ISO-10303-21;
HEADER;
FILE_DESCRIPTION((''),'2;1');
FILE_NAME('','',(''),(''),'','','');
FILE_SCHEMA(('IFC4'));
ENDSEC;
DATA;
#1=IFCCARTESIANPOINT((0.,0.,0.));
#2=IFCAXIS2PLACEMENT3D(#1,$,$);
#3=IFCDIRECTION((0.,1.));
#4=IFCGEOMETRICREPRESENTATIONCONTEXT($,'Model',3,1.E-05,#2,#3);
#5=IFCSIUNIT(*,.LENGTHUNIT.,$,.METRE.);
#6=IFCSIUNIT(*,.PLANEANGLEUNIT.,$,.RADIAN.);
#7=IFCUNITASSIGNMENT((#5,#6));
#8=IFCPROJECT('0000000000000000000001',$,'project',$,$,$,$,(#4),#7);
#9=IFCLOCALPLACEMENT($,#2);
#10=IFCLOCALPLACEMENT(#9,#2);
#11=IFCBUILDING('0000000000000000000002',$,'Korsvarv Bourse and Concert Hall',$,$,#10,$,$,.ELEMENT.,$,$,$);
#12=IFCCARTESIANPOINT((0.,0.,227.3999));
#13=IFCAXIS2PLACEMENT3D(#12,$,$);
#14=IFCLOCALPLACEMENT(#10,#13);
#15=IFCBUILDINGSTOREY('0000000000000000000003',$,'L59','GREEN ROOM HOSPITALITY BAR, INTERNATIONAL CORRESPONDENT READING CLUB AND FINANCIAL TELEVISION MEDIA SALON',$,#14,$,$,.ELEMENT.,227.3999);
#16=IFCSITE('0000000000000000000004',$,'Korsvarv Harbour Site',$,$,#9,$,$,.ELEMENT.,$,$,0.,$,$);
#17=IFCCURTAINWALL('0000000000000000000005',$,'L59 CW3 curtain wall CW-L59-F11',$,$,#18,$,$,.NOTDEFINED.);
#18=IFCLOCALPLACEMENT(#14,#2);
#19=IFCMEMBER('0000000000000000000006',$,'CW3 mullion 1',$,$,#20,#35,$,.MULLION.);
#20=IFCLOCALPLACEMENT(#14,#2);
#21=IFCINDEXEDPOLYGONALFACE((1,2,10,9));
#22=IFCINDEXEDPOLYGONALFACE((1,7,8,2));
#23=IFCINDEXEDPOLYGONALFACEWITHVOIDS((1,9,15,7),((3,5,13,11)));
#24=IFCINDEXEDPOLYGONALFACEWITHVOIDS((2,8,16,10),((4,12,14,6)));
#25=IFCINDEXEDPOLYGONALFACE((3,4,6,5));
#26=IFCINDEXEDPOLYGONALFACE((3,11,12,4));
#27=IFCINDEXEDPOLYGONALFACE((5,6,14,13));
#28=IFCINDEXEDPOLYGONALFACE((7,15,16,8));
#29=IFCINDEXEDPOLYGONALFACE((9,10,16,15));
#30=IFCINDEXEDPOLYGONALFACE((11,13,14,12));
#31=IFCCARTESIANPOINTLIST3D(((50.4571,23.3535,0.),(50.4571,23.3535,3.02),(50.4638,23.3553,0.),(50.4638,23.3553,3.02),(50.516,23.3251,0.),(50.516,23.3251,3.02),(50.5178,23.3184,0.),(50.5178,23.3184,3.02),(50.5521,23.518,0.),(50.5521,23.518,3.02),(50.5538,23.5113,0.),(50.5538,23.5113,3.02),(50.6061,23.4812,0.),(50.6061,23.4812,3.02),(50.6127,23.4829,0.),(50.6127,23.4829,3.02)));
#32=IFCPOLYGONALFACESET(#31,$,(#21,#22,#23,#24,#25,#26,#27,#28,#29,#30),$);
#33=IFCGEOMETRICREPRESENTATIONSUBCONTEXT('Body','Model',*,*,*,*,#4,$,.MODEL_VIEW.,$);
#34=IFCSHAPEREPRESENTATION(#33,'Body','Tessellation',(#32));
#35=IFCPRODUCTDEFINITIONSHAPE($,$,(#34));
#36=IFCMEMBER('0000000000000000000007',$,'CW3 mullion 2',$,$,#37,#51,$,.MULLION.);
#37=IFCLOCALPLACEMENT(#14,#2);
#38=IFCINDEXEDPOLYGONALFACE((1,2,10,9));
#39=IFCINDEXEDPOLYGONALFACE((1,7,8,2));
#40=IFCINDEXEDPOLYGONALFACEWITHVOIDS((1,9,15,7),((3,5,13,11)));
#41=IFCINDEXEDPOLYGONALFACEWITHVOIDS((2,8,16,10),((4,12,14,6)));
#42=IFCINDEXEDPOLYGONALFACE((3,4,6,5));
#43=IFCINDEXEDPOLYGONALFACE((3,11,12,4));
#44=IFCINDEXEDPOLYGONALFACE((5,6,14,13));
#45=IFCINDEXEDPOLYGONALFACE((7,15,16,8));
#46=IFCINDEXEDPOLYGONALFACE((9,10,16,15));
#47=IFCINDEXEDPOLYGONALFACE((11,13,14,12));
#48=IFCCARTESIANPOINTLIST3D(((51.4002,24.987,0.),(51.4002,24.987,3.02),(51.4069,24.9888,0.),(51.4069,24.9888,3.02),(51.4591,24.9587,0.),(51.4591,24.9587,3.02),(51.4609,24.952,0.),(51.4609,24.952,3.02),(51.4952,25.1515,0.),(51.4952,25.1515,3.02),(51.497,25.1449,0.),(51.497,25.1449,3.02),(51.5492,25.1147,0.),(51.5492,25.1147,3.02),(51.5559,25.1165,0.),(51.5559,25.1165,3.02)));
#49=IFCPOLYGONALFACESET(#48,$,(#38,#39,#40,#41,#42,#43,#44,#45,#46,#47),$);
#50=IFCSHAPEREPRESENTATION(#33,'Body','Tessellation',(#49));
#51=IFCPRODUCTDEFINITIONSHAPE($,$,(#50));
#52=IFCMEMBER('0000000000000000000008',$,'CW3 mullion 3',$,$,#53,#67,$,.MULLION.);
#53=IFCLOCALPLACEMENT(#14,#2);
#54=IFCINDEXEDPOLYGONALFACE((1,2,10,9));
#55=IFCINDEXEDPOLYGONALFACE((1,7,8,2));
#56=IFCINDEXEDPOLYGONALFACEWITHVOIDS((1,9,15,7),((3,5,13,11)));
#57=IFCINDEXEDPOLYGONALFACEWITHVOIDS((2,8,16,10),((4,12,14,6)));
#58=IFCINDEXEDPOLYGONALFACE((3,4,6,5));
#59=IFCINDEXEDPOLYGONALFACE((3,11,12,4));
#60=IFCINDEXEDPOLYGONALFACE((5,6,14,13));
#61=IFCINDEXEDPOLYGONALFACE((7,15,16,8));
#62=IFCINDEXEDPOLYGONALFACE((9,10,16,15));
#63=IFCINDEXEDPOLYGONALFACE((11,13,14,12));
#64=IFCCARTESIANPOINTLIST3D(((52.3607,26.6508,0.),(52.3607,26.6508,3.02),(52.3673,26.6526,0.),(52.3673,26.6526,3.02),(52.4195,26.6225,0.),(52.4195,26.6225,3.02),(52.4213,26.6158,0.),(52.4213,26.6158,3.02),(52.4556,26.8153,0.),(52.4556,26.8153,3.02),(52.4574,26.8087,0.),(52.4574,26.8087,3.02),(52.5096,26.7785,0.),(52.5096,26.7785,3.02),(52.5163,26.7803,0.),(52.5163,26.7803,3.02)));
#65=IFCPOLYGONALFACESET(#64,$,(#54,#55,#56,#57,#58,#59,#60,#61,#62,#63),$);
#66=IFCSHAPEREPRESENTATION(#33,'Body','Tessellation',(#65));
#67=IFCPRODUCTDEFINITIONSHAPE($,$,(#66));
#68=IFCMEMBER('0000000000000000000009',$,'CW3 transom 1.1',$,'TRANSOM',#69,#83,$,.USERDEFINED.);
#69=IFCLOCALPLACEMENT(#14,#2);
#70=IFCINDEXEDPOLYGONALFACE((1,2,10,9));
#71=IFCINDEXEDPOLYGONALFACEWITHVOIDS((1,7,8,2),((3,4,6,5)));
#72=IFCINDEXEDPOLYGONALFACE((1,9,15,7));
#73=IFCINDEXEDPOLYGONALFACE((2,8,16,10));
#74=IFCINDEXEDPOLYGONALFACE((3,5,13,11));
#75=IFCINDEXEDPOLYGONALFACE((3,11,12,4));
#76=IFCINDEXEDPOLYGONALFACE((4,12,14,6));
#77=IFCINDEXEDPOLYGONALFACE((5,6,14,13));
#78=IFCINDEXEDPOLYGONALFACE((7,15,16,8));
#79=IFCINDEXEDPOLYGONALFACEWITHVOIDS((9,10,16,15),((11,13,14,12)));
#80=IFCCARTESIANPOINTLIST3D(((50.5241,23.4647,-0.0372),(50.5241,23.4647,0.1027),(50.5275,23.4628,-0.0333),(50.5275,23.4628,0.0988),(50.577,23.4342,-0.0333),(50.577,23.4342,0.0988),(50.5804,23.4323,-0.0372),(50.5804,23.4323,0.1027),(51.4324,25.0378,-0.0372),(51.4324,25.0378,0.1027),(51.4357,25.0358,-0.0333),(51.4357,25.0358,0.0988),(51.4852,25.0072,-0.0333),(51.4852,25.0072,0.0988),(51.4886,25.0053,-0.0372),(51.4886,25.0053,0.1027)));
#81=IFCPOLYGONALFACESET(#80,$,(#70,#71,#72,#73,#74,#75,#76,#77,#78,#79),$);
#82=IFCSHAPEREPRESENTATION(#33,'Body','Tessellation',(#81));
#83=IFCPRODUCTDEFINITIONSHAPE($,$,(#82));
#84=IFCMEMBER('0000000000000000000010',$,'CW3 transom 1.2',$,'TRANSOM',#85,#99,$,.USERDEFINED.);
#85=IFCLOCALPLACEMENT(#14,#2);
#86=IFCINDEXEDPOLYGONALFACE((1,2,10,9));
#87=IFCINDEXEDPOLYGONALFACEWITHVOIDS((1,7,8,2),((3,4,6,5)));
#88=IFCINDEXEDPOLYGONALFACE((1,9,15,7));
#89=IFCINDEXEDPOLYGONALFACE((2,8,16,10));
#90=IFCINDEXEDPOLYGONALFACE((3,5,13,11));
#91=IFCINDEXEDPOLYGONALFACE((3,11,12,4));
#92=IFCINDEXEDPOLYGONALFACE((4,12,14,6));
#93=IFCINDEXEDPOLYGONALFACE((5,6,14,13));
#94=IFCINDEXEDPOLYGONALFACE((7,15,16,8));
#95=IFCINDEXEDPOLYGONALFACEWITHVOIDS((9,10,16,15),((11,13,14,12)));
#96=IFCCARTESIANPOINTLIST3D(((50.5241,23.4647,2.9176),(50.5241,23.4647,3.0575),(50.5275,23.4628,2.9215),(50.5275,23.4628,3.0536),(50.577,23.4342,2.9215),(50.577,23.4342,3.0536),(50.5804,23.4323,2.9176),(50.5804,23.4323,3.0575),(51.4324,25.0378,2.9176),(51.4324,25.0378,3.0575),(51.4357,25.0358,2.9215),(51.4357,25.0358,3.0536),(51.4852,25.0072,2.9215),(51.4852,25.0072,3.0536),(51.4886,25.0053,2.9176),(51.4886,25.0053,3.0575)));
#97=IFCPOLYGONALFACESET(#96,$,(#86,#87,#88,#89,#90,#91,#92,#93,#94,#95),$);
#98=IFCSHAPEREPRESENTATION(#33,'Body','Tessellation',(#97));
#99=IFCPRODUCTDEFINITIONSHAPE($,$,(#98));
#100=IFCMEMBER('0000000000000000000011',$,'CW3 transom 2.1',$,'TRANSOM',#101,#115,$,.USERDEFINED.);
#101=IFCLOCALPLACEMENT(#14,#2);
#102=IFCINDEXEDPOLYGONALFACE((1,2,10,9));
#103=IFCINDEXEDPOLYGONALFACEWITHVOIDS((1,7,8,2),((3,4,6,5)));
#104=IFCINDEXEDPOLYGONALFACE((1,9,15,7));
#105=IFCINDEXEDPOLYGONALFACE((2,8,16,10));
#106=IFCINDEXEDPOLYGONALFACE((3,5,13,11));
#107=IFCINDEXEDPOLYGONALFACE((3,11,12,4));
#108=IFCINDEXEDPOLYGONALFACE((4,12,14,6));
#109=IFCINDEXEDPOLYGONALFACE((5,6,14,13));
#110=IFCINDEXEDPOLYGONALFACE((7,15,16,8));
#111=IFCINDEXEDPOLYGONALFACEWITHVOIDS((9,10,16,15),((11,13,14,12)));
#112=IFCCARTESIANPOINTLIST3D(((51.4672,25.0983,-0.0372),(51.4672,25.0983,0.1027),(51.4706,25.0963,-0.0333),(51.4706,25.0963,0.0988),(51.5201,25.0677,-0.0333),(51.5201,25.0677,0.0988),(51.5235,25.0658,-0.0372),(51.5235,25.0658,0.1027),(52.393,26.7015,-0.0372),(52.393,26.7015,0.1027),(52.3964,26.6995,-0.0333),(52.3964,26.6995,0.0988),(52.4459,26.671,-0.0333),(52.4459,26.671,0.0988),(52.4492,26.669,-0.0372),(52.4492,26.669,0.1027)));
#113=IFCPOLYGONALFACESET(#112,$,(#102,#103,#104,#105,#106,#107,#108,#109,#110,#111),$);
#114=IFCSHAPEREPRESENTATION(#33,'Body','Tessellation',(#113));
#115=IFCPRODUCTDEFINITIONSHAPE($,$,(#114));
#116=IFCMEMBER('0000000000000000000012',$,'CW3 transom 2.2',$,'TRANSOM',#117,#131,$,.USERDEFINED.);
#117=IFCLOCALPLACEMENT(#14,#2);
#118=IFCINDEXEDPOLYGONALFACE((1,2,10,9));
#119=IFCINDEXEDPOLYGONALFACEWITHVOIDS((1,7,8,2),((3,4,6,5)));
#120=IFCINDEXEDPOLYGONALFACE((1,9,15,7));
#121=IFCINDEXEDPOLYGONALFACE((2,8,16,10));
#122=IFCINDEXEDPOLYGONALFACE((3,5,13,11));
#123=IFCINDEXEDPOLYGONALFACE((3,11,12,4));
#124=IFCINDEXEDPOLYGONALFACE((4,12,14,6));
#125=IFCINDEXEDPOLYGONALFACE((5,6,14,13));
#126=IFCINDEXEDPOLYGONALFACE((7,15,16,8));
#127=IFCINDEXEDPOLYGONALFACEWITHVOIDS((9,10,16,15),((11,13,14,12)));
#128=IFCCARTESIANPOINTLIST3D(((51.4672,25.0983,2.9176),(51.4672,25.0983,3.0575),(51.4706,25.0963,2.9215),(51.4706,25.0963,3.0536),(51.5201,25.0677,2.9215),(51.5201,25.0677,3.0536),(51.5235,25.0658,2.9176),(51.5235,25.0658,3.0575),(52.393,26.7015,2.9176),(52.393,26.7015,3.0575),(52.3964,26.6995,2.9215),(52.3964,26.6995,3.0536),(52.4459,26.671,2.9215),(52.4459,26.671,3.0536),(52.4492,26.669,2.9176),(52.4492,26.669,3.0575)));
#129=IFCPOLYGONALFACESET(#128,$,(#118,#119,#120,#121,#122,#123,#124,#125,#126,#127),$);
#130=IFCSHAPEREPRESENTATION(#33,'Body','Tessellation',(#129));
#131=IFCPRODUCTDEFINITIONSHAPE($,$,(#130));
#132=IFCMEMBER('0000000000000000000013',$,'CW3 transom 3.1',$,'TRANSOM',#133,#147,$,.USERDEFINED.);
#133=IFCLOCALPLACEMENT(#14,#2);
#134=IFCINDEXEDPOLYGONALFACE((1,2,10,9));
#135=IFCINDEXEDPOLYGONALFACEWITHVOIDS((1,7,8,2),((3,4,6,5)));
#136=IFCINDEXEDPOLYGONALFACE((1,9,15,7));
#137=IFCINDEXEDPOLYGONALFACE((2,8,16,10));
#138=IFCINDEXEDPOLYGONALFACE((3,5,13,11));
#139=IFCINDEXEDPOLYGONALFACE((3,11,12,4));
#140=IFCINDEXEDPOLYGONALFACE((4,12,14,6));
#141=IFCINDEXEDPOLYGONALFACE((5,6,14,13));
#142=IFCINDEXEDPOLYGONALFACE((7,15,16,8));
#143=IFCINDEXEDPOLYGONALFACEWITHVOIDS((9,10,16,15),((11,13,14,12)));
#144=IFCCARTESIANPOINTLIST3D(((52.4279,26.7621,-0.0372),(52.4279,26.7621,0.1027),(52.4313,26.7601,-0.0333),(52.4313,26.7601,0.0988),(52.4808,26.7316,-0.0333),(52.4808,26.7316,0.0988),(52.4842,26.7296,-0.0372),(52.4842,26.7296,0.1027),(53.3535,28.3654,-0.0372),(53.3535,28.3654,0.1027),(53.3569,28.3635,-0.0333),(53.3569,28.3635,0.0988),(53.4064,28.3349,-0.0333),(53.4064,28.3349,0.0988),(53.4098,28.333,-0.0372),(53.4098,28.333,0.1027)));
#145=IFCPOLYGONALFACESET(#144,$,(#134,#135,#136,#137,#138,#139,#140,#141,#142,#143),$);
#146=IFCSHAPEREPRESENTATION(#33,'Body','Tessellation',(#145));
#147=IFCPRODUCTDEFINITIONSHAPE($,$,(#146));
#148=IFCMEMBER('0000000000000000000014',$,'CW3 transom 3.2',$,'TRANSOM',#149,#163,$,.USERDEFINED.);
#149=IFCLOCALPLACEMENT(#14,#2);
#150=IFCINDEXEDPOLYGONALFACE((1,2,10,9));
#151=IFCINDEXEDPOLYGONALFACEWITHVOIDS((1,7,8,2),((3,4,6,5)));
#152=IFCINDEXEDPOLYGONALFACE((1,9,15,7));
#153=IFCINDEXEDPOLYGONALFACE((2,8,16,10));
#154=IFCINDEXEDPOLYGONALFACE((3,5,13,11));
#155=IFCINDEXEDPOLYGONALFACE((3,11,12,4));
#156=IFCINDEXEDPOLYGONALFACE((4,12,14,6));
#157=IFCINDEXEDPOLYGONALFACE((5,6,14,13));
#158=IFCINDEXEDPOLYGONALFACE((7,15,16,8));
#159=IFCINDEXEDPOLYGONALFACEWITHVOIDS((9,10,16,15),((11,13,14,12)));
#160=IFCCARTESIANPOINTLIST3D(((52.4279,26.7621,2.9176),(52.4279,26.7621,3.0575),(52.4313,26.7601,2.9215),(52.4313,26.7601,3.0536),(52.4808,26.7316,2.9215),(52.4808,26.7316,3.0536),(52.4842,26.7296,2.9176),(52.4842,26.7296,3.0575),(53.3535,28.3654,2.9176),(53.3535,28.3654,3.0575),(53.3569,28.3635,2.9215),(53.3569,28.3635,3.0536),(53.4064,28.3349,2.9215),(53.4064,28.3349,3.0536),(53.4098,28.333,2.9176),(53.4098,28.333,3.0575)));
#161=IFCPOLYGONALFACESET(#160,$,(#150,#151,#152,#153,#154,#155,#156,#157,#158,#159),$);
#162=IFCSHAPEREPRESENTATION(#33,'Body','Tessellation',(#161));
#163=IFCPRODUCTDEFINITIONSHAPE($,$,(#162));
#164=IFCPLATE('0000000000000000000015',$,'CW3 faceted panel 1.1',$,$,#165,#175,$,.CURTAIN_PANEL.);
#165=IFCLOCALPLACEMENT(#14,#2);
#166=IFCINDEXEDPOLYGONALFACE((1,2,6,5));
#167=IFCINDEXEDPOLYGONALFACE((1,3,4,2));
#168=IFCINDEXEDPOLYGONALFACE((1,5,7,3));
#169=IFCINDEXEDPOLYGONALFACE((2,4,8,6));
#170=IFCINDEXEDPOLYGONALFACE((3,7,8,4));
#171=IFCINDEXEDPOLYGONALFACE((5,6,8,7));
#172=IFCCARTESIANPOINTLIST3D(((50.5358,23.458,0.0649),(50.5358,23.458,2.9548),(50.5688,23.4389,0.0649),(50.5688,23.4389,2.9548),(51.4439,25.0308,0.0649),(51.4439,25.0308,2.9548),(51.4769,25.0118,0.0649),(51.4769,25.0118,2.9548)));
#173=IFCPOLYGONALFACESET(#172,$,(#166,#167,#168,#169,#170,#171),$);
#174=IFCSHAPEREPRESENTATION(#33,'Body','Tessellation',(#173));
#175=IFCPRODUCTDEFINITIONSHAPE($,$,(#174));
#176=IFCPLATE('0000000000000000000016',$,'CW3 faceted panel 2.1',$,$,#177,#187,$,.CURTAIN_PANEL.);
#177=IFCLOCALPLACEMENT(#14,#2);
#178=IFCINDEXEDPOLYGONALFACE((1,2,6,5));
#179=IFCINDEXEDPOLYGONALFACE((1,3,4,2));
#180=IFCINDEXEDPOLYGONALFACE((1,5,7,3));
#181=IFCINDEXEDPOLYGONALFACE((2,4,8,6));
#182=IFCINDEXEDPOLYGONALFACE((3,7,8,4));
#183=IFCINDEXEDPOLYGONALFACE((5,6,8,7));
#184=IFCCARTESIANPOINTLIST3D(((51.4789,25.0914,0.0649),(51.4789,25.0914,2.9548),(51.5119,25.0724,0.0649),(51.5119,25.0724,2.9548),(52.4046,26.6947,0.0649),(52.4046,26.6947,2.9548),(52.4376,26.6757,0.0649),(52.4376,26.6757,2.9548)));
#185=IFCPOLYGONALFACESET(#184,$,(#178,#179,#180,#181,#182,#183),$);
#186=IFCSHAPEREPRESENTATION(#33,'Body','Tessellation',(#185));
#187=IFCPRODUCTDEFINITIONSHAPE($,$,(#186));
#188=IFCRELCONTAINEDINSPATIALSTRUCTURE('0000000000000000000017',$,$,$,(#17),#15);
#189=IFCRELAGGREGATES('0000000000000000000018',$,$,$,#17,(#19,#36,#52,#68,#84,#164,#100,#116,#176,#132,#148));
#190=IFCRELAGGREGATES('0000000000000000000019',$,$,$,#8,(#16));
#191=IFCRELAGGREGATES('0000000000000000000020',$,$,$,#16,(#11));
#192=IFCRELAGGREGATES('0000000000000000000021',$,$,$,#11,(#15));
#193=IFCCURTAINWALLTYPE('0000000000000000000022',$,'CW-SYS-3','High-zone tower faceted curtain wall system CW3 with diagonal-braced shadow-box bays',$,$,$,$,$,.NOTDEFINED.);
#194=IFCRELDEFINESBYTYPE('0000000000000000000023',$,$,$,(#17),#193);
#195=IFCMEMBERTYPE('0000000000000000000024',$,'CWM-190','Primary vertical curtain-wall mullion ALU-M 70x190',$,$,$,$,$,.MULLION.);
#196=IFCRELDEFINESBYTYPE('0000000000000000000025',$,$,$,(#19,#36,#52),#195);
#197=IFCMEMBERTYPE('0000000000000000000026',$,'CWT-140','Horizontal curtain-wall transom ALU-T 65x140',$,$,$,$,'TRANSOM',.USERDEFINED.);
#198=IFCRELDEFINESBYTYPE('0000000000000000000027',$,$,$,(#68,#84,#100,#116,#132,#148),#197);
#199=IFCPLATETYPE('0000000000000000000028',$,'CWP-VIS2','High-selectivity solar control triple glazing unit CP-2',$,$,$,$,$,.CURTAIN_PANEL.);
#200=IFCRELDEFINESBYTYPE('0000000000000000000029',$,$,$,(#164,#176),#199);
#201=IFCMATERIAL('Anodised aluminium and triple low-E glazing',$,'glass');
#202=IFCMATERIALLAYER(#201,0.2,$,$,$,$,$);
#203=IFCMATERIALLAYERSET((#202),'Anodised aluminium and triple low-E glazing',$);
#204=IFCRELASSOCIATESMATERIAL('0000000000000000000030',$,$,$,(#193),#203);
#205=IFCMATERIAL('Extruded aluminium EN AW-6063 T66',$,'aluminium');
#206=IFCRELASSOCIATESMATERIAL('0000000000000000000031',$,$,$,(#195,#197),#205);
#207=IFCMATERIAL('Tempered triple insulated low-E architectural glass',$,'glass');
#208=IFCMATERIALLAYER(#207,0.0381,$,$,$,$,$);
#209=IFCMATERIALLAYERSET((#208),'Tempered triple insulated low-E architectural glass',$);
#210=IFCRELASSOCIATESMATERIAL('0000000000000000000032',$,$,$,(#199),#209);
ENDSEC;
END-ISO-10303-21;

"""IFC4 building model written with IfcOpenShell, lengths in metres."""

from ifc_helpers import new_model, si_unit, direction, frame, origin, origin_2d, place, context, subcontext, project, spatial, rectangle, hollow_rectangle, extrude, source, transform, mapped, material, layer, layer_set, material_profile, profile_set, type_object, element, aggregate, save


model = new_model("IFC4")

# Units and contexts
model_context = context("Model", 3, precision=1e-05, world=origin(), true_north=direction((0.0, 1.0)))
body_context = subcontext(model_context, "Body", "Model", "MODEL_VIEW")
ifc_project = project(units=[si_unit("LENGTHUNIT", "METRE"), si_unit("PLANEANGLEUNIT", "RADIAN")], contexts=[model_context])

# Site, building, storey
site_placement = place(None, origin())
site = spatial("IfcSite", under=ifc_project, at=site_placement, Name="Korsvarv Harbour Site", CompositionType="ELEMENT", RefElevation=0.0)
building_placement = place(site_placement, origin())
building = spatial("IfcBuilding", under=site, at=building_placement, Name="Korsvarv Bourse and Concert Hall", CompositionType="ELEMENT")
storey_placement = place(building_placement, frame((0.0, 0.0, 227.3999)))
storey = spatial("IfcBuildingStorey", under=building, at=storey_placement, Name="L59", Description="GREEN ROOM HOSPITALITY BAR, INTERNATIONAL CORRESPONDENT READING CLUB AND FINANCIAL TELEVISION MEDIA SALON", CompositionType="ELEMENT", Elevation=227.3999)

# Curtain wall, members, plates
ifc_material_1 = material(Name="Anodised aluminium and triple low-E glazing", Category="glass")
ifc_layer_1 = layer(ifc_material_1, 0.2)
ifc_layer_set_1 = layer_set([ifc_layer_1], Name="Anodised aluminium and triple low-E glazing")
curtain_wall_type = type_object("IfcCurtainWallType", Name="CW-SYS-3", Description="High-zone tower faceted curtain wall system CW3 with diagonal-braced shadow-box bays", PredefinedType="NOTDEFINED", material=ifc_layer_set_1)
curtain_wall_placement = place(storey_placement, origin())
curtain_wall = element("IfcCurtainWall", 1, at=curtain_wall_placement, inside=storey, type_object=curtain_wall_type, Name="L59 CW3 curtain wall CW-L59-F11", PredefinedType="NOTDEFINED")
ifc_material_2 = material(Name="Extruded aluminium EN AW-6063 T66", Category="aluminium")
ifc_material_profile_1 = material_profile(ifc_material_2, hollow_rectangle(XDim=0.0701, YDim=0.1899, WallThickness=0.0049, at=origin_2d()), Name="ALU-M 70x190")
ifc_profile_set_1 = profile_set([ifc_material_profile_1], Name="Extruded aluminium EN AW-6063 T66")
member_type_1 = type_object("IfcMemberType", Name="CWM-190", Description="Primary vertical curtain-wall mullion ALU-M 70x190", PredefinedType="MULLION", material=ifc_profile_set_1)
shared_shape_1 = source(origin(), body_context, "Body", "SweptSolid", [
    extrude(hollow_rectangle(XDim=0.0701, YDim=0.1899, WallThickness=0.0049, at=origin_2d()), origin(), (0.0, 0.0, 1.0), 3.02),
])
member_1_placement = place(storey_placement, frame((50.5349, 23.4182, 0.0), z_axis=(0.0, 0.0, 1.0), x_axis=(-0.866028, 0.499996, 0.0)))
member_1 = element("IfcMember", 2, at=member_1_placement, type_object=member_type_1, Name="CW3 mullion 1", PredefinedType="MULLION", context=body_context, shape_type="MappedRepresentation", body=[
    mapped(shared_shape_1, transform((0.0, 0.0, 0.0), scale=1.0)),
])
member_2_placement = place(storey_placement, frame((51.478, 25.0518, 0.0), z_axis=(0.0, 0.0, 1.0), x_axis=(-0.866028, 0.499996, 0.0)))
member_2 = element("IfcMember", 3, at=member_2_placement, type_object=member_type_1, Name="CW3 mullion 2", PredefinedType="MULLION", context=body_context, shape_type="MappedRepresentation", body=[
    mapped(shared_shape_1, transform((0.0, 0.0, 0.0), scale=1.0)),
])
member_3_placement = place(storey_placement, frame((52.4385, 26.7156, 0.0), z_axis=(0.0, 0.0, 1.0), x_axis=(-0.866028, 0.499996, 0.0)))
member_3 = element("IfcMember", 4, at=member_3_placement, type_object=member_type_1, Name="CW3 mullion 3", PredefinedType="MULLION", context=body_context, shape_type="MappedRepresentation", body=[
    mapped(shared_shape_1, transform((0.0, 0.0, 0.0), scale=1.0)),
])
ifc_material_profile_2 = material_profile(ifc_material_2, hollow_rectangle(XDim=0.0649, YDim=0.1399, WallThickness=0.0039, at=origin_2d()), Name="ALU-T 65x140")
ifc_profile_set_2 = profile_set([ifc_material_profile_2], Name="Extruded aluminium EN AW-6063 T66")
member_type_2 = type_object("IfcMemberType", Name="CWT-140", Description="Horizontal curtain-wall transom ALU-T 65x140", ElementType="TRANSOM", PredefinedType="USERDEFINED", material=ifc_profile_set_2)
shared_shape_2 = source(origin(), body_context, "Body", "SweptSolid", [
    extrude(hollow_rectangle(XDim=0.0649, YDim=0.1399, WallThickness=0.0039, at=origin_2d()), origin(), (0.0, 0.0, 1.0), 1.8164),
])
member_4_placement = place(storey_placement, frame((50.5522, 23.4485, 0.0327), z_axis=(0.500013, 0.866018, 0.0), x_axis=(-0.866018, 0.500013, 0.0)))
member_4 = element("IfcMember", 5, at=member_4_placement, type_object=member_type_2, Name="CW3 transom 1.1", ObjectType="TRANSOM", PredefinedType="USERDEFINED", context=body_context, shape_type="MappedRepresentation", body=[
    mapped(shared_shape_2, transform((0.0, 0.0, 0.0), scale=1.0)),
])
member_5_placement = place(storey_placement, frame((50.5522, 23.4485, 2.9875), z_axis=(0.500013, 0.866018, 0.0), x_axis=(-0.866018, 0.500013, 0.0)))
member_5 = element("IfcMember", 6, at=member_5_placement, type_object=member_type_2, Name="CW3 transom 1.2", ObjectType="TRANSOM", PredefinedType="USERDEFINED", context=body_context, shape_type="MappedRepresentation", body=[
    mapped(shared_shape_2, transform((0.0, 0.0, 0.0), scale=1.0)),
])
shared_shape_3 = source(origin(), body_context, "Body", "SweptSolid", [
    extrude(hollow_rectangle(XDim=0.0649, YDim=0.1399, WallThickness=0.0039, at=origin_2d()), origin(), (0.0, 0.0, 1.0), 1.8513),
])
member_6_placement = place(storey_placement, frame((51.4954, 25.082, 0.0327), z_axis=(0.500053, 0.865995, 0.0), x_axis=(-0.865995, 0.500053, 0.0)))
member_6 = element("IfcMember", 7, at=member_6_placement, type_object=member_type_2, Name="CW3 transom 2.1", ObjectType="TRANSOM", PredefinedType="USERDEFINED", context=body_context, shape_type="MappedRepresentation", body=[
    mapped(shared_shape_3, transform((0.0, 0.0, 0.0), scale=1.0)),
])
member_7_placement = place(storey_placement, frame((51.4954, 25.082, 2.9875), z_axis=(0.500053, 0.865995, 0.0), x_axis=(-0.865995, 0.500053, 0.0)))
member_7 = element("IfcMember", 8, at=member_7_placement, type_object=member_type_2, Name="CW3 transom 2.2", ObjectType="TRANSOM", PredefinedType="USERDEFINED", context=body_context, shape_type="MappedRepresentation", body=[
    mapped(shared_shape_3, transform((0.0, 0.0, 0.0), scale=1.0)),
])
member_8_placement = place(storey_placement, frame((52.4561, 26.7458, 0.0327), z_axis=(0.499955, 0.866052, 0.0), x_axis=(-0.866052, 0.499955, 0.0)))
member_8 = element("IfcMember", 9, at=member_8_placement, type_object=member_type_2, Name="CW3 transom 3.1", ObjectType="TRANSOM", PredefinedType="USERDEFINED", context=body_context, shape_type="MappedRepresentation", body=[
    mapped(shared_shape_3, transform((0.0, 0.0, 0.0), scale=1.0)),
])
member_9_placement = place(storey_placement, frame((52.4561, 26.7458, 2.9875), z_axis=(0.499955, 0.866052, 0.0), x_axis=(-0.866052, 0.499955, 0.0)))
member_9 = element("IfcMember", 10, at=member_9_placement, type_object=member_type_2, Name="CW3 transom 3.2", ObjectType="TRANSOM", PredefinedType="USERDEFINED", context=body_context, shape_type="MappedRepresentation", body=[
    mapped(shared_shape_3, transform((0.0, 0.0, 0.0), scale=1.0)),
])
ifc_material_3 = material(Name="Tempered triple insulated low-E architectural glass", Category="glass")
ifc_layer_2 = layer(ifc_material_3, 0.0381)
ifc_layer_set_2 = layer_set([ifc_layer_2], Name="Tempered triple insulated low-E architectural glass")
plate_type = type_object("IfcPlateType", Name="CWP-VIS2", Description="High-selectivity solar control triple glazing unit CP-2", PredefinedType="CURTAIN_PANEL", material=ifc_layer_set_2)
shared_shape_4 = source(origin(), body_context, "Body", "SweptSolid", [
    extrude(rectangle(XDim=1.8162, YDim=0.0381, at=origin_2d()), origin(), (0.0, 0.0, 1.0), 2.8899),
])
plate_1_placement = place(storey_placement, frame((51.0063, 24.2349, 0.0649), z_axis=(0.0, 0.0, 1.0), x_axis=(0.499996, 0.866028, 0.0)))
plate_1 = element("IfcPlate", 11, at=plate_1_placement, type_object=plate_type, Name="CW3 faceted panel 1.1", PredefinedType="CURTAIN_PANEL", context=body_context, shape_type="MappedRepresentation", body=[
    mapped(shared_shape_4, transform((0.0, 0.0, 0.0), scale=1.0)),
])
shared_shape_5 = source(origin(), body_context, "Body", "SweptSolid", [
    extrude(rectangle(XDim=1.8513, YDim=0.0381, at=origin_2d()), origin(), (0.0, 0.0, 1.0), 2.8899),
])
plate_2_placement = place(storey_placement, frame((51.9583, 25.8835, 0.0649), z_axis=(0.0, 0.0, 1.0), x_axis=(0.499996, 0.866028, 0.0)))
plate_2 = element("IfcPlate", 12, at=plate_2_placement, type_object=plate_type, Name="CW3 faceted panel 2.1", PredefinedType="CURTAIN_PANEL", context=body_context, shape_type="MappedRepresentation", body=[
    mapped(shared_shape_5, transform((0.0, 0.0, 0.0), scale=1.0)),
])
aggregate(curtain_wall, [member_1, member_2, member_3, member_4, member_5, plate_1, member_6, member_7, plate_2, member_8, member_9])

save(model, "model.ifc")
